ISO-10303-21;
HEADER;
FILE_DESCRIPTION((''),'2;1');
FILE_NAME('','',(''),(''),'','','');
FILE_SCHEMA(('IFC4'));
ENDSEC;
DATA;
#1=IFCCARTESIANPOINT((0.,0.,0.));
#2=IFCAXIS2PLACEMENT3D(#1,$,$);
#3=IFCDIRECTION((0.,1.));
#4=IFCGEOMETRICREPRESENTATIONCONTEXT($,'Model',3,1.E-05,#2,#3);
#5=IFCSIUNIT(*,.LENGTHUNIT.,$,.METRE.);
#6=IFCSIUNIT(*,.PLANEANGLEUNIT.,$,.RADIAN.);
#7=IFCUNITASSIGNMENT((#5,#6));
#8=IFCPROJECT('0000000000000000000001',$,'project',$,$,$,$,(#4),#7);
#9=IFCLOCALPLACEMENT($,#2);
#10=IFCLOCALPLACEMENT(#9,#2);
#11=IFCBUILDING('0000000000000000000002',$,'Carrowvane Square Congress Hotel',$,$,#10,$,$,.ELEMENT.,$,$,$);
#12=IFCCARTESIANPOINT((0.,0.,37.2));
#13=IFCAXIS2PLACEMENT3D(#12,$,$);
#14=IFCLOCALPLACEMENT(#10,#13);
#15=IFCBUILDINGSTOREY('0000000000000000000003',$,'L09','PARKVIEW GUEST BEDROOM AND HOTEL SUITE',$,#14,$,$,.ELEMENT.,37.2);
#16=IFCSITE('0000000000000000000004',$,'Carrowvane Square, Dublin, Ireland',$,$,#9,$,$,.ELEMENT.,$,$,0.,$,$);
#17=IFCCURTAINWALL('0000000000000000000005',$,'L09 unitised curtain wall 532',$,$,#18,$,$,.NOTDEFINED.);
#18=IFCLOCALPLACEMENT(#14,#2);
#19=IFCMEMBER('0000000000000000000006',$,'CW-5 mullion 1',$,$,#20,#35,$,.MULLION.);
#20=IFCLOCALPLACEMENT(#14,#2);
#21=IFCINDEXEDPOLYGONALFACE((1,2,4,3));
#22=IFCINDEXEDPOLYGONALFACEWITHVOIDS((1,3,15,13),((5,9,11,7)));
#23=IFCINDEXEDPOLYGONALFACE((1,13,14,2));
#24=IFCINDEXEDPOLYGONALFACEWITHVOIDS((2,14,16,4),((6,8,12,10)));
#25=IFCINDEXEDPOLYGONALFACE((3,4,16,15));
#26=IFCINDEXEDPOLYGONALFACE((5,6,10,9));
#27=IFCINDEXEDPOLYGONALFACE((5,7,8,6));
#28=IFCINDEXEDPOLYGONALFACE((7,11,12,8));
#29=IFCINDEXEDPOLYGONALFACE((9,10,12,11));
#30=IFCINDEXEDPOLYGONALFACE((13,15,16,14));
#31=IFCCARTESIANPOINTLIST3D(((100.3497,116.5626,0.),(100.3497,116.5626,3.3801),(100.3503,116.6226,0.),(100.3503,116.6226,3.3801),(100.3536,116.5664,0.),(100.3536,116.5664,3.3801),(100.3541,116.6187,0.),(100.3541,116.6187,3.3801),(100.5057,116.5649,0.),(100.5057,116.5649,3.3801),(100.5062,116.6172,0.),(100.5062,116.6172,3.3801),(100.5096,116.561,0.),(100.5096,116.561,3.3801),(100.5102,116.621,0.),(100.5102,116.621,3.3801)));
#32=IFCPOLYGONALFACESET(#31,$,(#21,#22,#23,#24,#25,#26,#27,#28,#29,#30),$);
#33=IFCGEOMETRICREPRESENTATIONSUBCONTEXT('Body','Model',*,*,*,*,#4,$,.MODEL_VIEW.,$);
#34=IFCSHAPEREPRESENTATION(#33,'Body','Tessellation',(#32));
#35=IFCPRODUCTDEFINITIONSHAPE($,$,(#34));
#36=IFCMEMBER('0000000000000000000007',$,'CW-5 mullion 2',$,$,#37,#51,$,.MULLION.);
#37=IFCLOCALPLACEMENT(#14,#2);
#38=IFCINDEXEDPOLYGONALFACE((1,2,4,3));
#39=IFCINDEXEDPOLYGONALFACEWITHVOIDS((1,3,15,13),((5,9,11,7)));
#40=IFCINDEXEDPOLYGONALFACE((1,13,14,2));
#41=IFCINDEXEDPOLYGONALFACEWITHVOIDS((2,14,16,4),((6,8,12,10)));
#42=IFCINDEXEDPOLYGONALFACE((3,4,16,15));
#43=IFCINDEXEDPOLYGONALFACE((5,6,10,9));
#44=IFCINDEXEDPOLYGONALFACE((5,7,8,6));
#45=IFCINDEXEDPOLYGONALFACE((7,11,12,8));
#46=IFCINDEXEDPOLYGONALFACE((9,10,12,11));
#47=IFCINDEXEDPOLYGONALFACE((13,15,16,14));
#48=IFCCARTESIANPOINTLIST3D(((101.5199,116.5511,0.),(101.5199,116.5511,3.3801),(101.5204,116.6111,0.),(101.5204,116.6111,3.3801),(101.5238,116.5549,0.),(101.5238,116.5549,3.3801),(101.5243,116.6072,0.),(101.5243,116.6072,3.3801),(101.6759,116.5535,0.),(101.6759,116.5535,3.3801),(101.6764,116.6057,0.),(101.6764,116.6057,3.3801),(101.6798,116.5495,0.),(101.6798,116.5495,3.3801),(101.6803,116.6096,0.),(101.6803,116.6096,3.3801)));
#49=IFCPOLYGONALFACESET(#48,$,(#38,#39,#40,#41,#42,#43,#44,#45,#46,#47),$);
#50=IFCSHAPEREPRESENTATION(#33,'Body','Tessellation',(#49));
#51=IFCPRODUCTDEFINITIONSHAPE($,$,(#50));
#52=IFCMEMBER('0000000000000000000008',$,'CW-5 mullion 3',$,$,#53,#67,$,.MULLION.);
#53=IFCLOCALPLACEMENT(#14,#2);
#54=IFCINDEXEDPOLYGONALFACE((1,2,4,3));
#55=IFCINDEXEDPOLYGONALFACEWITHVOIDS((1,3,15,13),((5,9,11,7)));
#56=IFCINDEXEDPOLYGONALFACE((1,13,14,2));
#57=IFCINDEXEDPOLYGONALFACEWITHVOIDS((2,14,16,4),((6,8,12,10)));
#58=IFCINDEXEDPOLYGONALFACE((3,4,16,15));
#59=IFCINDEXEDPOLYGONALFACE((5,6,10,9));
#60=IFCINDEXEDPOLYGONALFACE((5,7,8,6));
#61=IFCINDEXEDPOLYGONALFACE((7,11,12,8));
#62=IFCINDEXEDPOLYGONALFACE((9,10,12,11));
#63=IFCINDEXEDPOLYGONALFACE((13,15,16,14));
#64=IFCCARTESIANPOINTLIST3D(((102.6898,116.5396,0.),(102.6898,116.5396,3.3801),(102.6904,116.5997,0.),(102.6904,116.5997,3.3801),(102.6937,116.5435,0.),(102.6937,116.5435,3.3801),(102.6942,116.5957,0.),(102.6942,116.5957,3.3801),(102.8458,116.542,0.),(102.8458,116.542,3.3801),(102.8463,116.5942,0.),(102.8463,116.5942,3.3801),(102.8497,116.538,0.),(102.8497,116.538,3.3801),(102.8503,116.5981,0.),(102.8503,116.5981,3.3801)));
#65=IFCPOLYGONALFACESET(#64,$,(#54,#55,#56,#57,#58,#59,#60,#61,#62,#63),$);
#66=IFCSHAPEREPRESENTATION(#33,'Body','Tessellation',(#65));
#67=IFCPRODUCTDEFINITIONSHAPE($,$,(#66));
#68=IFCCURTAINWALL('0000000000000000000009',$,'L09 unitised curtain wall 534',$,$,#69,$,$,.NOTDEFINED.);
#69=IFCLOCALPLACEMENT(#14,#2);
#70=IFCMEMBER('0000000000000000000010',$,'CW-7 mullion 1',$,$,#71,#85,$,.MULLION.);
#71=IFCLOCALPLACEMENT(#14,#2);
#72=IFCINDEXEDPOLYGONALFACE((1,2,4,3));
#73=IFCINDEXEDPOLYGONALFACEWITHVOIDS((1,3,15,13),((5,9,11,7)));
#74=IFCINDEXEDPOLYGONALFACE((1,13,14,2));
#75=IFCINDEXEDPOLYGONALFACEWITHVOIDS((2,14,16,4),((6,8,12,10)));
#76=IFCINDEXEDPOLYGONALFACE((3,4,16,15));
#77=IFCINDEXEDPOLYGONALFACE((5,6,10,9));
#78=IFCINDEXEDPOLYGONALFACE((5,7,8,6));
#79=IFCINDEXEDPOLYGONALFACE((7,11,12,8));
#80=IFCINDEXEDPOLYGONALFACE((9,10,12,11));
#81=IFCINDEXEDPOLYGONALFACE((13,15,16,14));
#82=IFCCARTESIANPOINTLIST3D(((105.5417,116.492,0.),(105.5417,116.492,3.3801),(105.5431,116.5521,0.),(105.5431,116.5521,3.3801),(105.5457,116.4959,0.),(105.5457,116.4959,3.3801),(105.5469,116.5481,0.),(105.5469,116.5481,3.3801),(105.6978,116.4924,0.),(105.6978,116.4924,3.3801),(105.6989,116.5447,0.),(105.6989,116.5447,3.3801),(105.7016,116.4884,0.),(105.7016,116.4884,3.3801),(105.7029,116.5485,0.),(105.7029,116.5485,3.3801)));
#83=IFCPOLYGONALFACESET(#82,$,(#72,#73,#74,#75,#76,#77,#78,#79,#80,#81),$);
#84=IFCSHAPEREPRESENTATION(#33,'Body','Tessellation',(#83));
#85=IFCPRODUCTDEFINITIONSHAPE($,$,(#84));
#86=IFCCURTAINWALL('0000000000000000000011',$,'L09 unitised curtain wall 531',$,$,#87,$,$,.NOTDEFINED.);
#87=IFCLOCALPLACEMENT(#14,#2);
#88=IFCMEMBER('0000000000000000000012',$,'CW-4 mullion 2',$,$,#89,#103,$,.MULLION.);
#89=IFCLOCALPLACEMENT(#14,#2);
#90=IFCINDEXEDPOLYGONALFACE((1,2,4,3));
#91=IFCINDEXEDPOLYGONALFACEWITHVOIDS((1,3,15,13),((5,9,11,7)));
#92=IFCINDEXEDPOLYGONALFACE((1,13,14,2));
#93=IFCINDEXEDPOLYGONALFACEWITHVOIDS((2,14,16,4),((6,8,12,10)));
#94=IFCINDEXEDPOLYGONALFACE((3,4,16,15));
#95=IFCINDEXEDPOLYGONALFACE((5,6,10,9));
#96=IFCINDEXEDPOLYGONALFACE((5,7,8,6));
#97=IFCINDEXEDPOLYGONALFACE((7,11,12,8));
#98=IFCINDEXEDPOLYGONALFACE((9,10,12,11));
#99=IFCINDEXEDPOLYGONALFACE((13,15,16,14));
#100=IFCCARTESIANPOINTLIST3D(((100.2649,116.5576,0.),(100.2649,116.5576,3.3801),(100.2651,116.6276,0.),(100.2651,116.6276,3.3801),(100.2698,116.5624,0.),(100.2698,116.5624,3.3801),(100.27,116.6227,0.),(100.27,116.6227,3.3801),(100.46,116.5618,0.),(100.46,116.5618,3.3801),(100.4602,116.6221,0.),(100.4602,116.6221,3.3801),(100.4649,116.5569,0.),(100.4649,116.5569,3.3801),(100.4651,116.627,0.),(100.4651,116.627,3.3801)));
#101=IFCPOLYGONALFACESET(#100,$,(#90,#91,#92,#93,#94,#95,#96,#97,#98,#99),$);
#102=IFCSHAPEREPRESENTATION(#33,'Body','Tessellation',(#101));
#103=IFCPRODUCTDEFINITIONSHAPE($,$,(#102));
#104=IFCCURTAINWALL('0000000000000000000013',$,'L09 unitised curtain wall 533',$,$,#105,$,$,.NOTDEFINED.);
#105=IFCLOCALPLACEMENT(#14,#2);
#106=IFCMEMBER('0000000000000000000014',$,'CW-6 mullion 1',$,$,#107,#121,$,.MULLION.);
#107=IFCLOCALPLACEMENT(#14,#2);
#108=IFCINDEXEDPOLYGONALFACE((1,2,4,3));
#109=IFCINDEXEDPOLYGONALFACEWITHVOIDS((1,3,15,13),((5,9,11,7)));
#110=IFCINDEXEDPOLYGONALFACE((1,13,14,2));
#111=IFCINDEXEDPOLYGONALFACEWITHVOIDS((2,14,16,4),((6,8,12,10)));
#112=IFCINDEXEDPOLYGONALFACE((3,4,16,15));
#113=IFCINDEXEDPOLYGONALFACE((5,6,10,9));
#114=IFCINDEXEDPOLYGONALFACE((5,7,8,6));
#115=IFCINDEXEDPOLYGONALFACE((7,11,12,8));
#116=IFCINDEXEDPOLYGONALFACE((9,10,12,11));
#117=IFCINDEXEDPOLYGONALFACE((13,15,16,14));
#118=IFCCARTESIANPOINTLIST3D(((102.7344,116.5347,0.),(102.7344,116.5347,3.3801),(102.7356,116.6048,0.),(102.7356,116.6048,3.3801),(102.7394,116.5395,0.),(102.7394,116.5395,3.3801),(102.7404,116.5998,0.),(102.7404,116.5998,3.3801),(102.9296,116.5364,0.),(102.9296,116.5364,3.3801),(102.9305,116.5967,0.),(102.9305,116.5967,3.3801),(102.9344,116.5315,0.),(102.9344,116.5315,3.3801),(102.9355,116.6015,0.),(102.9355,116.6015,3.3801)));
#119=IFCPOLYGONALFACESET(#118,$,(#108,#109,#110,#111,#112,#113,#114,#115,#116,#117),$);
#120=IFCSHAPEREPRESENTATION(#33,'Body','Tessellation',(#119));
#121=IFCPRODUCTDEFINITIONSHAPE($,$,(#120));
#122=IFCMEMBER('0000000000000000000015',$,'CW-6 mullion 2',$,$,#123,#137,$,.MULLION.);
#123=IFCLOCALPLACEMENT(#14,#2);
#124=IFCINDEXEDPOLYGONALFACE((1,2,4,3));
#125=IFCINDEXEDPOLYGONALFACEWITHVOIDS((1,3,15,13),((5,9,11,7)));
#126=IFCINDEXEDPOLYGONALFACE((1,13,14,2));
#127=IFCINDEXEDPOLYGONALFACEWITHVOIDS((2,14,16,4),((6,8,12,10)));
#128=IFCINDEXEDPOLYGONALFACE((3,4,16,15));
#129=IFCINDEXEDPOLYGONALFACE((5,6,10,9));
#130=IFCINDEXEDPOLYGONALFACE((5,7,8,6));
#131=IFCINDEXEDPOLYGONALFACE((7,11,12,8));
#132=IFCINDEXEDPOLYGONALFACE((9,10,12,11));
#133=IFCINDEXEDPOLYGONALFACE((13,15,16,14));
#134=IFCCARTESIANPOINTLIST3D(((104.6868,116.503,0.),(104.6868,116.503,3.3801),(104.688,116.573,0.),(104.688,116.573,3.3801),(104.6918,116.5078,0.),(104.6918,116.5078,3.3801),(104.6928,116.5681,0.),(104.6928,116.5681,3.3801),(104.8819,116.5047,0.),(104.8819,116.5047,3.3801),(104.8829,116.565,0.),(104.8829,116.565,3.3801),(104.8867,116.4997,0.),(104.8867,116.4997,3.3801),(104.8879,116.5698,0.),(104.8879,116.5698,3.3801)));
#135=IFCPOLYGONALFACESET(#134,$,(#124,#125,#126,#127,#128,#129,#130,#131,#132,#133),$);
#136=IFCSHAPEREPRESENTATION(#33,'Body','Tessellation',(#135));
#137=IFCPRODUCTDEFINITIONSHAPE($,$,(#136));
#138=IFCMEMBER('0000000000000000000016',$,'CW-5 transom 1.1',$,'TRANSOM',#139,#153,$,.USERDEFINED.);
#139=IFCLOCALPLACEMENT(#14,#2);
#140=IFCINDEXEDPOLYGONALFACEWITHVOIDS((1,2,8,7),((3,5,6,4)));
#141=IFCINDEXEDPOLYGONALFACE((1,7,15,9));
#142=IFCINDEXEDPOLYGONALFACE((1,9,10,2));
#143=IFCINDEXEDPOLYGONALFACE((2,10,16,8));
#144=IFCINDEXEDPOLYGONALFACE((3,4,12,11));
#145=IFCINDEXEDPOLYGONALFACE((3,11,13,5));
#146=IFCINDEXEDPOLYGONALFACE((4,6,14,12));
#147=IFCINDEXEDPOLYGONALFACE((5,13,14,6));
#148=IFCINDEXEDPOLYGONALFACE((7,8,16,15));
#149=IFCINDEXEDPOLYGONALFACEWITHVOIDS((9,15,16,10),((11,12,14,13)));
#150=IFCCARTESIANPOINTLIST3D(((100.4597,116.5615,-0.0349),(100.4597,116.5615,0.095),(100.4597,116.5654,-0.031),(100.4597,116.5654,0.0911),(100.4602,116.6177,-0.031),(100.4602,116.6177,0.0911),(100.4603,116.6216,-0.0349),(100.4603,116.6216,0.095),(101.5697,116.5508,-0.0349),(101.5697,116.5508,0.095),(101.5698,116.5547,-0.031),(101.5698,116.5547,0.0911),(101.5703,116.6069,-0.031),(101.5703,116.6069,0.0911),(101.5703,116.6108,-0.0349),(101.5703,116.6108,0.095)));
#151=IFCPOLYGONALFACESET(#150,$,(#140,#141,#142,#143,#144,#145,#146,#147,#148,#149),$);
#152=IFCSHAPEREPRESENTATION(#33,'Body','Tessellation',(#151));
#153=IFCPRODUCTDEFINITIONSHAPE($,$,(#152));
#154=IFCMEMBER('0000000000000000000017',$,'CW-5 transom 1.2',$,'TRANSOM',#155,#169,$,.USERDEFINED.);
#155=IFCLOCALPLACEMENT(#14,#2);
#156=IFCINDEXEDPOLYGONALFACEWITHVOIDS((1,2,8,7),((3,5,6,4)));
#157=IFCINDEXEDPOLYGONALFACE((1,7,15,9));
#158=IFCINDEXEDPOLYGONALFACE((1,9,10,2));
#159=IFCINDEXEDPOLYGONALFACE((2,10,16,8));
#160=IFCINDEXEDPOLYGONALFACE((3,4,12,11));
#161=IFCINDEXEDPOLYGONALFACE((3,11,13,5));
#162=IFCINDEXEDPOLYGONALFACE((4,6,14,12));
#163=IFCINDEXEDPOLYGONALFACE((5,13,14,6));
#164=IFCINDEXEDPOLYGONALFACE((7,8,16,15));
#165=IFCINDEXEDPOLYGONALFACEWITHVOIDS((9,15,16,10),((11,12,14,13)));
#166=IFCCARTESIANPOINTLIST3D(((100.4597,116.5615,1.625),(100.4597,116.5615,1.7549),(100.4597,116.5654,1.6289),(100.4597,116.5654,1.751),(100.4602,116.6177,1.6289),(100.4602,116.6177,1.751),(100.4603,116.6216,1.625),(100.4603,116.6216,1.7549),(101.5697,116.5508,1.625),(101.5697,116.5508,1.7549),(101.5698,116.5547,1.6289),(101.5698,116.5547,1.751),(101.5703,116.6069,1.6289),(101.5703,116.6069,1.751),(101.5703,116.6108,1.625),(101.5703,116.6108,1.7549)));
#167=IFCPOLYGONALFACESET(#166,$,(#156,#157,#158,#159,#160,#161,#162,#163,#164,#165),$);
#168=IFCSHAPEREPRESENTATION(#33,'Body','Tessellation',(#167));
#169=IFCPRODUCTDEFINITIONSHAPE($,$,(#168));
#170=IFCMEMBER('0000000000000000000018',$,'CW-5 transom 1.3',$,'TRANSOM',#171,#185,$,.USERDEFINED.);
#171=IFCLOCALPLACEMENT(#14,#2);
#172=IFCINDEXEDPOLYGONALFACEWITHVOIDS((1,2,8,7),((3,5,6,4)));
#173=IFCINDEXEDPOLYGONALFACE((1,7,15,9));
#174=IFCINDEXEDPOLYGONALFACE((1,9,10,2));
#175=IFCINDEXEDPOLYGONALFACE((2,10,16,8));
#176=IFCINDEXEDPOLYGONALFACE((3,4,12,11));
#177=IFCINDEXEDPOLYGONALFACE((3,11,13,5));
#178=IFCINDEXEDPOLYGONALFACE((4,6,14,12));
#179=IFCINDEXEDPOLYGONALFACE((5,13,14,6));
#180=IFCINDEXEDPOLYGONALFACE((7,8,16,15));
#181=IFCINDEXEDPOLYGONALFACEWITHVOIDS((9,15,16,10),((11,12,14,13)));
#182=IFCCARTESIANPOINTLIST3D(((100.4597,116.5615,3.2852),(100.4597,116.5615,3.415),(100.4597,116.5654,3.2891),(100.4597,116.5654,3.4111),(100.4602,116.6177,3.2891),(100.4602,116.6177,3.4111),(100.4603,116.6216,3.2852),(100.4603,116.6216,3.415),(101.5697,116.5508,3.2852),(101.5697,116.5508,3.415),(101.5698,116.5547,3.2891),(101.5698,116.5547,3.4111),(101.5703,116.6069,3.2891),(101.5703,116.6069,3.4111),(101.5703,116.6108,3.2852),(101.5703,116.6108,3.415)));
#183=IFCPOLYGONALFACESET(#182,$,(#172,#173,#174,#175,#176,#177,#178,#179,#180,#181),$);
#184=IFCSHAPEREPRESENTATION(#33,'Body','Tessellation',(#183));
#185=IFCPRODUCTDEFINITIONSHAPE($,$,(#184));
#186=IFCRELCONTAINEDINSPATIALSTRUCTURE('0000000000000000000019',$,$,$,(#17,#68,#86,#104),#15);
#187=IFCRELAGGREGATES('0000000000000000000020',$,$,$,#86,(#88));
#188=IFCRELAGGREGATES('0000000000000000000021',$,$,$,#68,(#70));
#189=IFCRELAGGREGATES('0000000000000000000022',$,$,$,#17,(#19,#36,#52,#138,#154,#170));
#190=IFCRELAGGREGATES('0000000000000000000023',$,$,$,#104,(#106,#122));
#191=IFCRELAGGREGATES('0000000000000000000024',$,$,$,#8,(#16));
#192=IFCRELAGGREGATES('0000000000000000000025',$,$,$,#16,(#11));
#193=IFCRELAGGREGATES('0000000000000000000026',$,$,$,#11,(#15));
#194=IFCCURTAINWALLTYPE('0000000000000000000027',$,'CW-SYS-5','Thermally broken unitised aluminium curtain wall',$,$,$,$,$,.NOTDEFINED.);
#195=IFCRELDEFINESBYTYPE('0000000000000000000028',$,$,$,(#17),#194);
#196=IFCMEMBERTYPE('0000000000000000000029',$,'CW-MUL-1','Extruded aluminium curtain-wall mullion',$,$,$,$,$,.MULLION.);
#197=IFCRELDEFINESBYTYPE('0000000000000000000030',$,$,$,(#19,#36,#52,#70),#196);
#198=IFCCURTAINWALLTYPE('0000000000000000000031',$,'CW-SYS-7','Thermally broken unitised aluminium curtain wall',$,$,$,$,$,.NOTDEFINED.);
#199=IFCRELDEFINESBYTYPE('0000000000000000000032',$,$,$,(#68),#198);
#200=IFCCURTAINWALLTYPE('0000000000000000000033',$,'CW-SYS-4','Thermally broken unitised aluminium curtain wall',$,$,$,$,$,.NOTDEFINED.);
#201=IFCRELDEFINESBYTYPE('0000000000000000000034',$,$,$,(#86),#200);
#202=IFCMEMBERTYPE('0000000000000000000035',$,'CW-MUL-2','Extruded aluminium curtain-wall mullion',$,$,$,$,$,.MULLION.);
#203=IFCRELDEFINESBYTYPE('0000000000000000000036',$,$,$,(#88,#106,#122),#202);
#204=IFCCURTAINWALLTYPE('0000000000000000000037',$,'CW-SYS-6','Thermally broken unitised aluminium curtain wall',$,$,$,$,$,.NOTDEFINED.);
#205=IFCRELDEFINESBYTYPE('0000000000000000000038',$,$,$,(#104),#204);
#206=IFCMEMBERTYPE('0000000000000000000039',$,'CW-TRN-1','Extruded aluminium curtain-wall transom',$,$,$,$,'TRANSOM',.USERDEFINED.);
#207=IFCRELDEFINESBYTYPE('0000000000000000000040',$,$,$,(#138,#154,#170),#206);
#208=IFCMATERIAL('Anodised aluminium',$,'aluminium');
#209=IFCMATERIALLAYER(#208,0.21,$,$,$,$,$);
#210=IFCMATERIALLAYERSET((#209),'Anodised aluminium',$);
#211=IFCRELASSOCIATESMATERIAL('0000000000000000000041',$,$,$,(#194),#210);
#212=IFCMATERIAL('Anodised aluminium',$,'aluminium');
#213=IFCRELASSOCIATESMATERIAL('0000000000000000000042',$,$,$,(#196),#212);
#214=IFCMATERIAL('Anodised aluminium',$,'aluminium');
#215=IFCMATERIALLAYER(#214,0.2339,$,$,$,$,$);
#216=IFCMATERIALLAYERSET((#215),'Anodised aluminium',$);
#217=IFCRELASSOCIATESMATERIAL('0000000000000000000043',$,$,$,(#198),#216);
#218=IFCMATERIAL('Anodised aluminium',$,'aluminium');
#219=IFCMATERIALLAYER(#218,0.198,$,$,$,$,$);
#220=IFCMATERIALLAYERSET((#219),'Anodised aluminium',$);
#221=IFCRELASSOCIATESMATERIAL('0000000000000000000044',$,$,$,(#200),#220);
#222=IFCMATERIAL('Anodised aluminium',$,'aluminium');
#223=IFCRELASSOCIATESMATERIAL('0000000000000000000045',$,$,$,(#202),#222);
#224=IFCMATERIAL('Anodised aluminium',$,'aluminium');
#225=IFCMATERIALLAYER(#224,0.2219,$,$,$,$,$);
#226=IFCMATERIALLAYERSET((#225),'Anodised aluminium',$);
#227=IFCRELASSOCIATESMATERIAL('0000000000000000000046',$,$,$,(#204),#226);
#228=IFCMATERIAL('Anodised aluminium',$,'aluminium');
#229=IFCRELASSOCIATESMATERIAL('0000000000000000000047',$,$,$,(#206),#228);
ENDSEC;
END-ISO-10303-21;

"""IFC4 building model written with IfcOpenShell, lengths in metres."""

from ifc_helpers import new_model, si_unit, direction, frame, origin, origin_2d, place, context, subcontext, project, spatial, hollow_rectangle, extrude, material, layer, layer_set, material_profile, profile_set, type_object, element, aggregate, save


model = new_model("IFC4")

# Units and contexts
model_context = context("Model", 3, precision=1e-05, world=origin(), true_north=direction((0.0, 1.0)))
body_context = subcontext(model_context, "Body", "Model", "MODEL_VIEW")
ifc_project = project(units=[si_unit("LENGTHUNIT", "METRE"), si_unit("PLANEANGLEUNIT", "RADIAN")], contexts=[model_context])

# Site, building, storey
site_placement = place(None, origin())
site = spatial("IfcSite", under=ifc_project, at=site_placement, Name="Carrowvane Square, Dublin, Ireland", CompositionType="ELEMENT", RefElevation=0.0)
building_placement = place(site_placement, origin())
building = spatial("IfcBuilding", under=site, at=building_placement, Name="Carrowvane Square Congress Hotel", CompositionType="ELEMENT")
storey_placement = place(building_placement, frame((0.0, 0.0, 37.2)))
storey = spatial("IfcBuildingStorey", under=building, at=storey_placement, Name="L09", Description="PARKVIEW GUEST BEDROOM AND HOTEL SUITE", CompositionType="ELEMENT", Elevation=37.2)

# Curtain wall, members
ifc_material_1 = material(Name="Anodised aluminium", Category="aluminium")
ifc_layer_1 = layer(ifc_material_1, 0.21)
ifc_layer_set_1 = layer_set([ifc_layer_1], Name="Anodised aluminium")
curtain_wall_type_1 = type_object("IfcCurtainWallType", Name="CW-SYS-5", Description="Thermally broken unitised aluminium curtain wall", PredefinedType="NOTDEFINED", material=ifc_layer_set_1)
curtain_wall_1_placement = place(storey_placement, origin())
curtain_wall_1 = element("IfcCurtainWall", 1, at=curtain_wall_1_placement, inside=storey, type_object=curtain_wall_type_1, Name="L09 unitised curtain wall 532", PredefinedType="NOTDEFINED")
ifc_material_2 = material(Name="Anodised aluminium", Category="aluminium")
ifc_material_profile_1 = material_profile(ifc_material_2, hollow_rectangle(XDim=0.0601, YDim=0.1599, WallThickness=0.0039, at=origin_2d()), Name="CW-ML 60x160x4")
ifc_profile_set_1 = profile_set([ifc_material_profile_1], Name="Anodised aluminium")
member_type_1 = type_object("IfcMemberType", Name="CW-MUL-1", Description="Extruded aluminium curtain-wall mullion", PredefinedType="MULLION", material=ifc_profile_set_1)
member_1_placement = place(storey_placement, frame((100.4299, 116.5918, 0.0), z_axis=(0.0, 0.0, 1.0), x_axis=(0.009783, 0.999952, 0.0)))
member_1 = element("IfcMember", 2, at=member_1_placement, type_object=member_type_1, Name="CW-5 mullion 1", PredefinedType="MULLION", context=body_context, shape_type="SweptSolid", body=[
    extrude(hollow_rectangle(XDim=0.0601, YDim=0.1599, WallThickness=0.0039, at=origin_2d()), origin(), (0.0, 0.0, 1.0), 3.3801),
])
member_2_placement = place(storey_placement, frame((101.6001, 116.5803, 0.0), z_axis=(0.0, 0.0, 1.0), x_axis=(0.009783, 0.999952, 0.0)))
member_2 = element("IfcMember", 3, at=member_2_placement, type_object=member_type_1, Name="CW-5 mullion 2", PredefinedType="MULLION", context=body_context, shape_type="SweptSolid", body=[
    extrude(hollow_rectangle(XDim=0.0601, YDim=0.1599, WallThickness=0.0039, at=origin_2d()), origin(), (0.0, 0.0, 1.0), 3.3801),
])
member_3_placement = place(storey_placement, frame((102.77, 116.5688, 0.0), z_axis=(0.0, 0.0, 1.0), x_axis=(0.009783, 0.999952, 0.0)))
member_3 = element("IfcMember", 4, at=member_3_placement, type_object=member_type_1, Name="CW-5 mullion 3", PredefinedType="MULLION", context=body_context, shape_type="SweptSolid", body=[
    extrude(hollow_rectangle(XDim=0.0601, YDim=0.1599, WallThickness=0.0039, at=origin_2d()), origin(), (0.0, 0.0, 1.0), 3.3801),
])

# Curtain walls, members
ifc_material_3 = material(Name="Anodised aluminium", Category="aluminium")
ifc_layer_2 = layer(ifc_material_3, 0.2339)
ifc_layer_set_2 = layer_set([ifc_layer_2], Name="Anodised aluminium")
curtain_wall_type_2 = type_object("IfcCurtainWallType", Name="CW-SYS-7", Description="Thermally broken unitised aluminium curtain wall", PredefinedType="NOTDEFINED", material=ifc_layer_set_2)
curtain_wall_2_placement = place(storey_placement, origin())
curtain_wall_2 = element("IfcCurtainWall", 5, at=curtain_wall_2_placement, inside=storey, type_object=curtain_wall_type_2, Name="L09 unitised curtain wall 534", PredefinedType="NOTDEFINED")
member_4_placement = place(storey_placement, frame((105.6223, 116.5203, 0.0), z_axis=(0.0, 0.0, 1.0), x_axis=(0.022518, 0.999746, 0.0)))
member_4 = element("IfcMember", 6, at=member_4_placement, type_object=member_type_1, Name="CW-7 mullion 1", PredefinedType="MULLION", context=body_context, shape_type="SweptSolid", body=[
    extrude(hollow_rectangle(XDim=0.0601, YDim=0.1599, WallThickness=0.0039, at=origin_2d()), origin(), (0.0, 0.0, 1.0), 3.3801),
])
ifc_material_4 = material(Name="Anodised aluminium", Category="aluminium")
ifc_layer_3 = layer(ifc_material_4, 0.198)
ifc_layer_set_3 = layer_set([ifc_layer_3], Name="Anodised aluminium")
curtain_wall_type_3 = type_object("IfcCurtainWallType", Name="CW-SYS-4", Description="Thermally broken unitised aluminium curtain wall", PredefinedType="NOTDEFINED", material=ifc_layer_set_3)
curtain_wall_3_placement = place(storey_placement, origin())
curtain_wall_3 = element("IfcCurtainWall", 7, at=curtain_wall_3_placement, inside=storey, type_object=curtain_wall_type_3, Name="L09 unitised curtain wall 531", PredefinedType="NOTDEFINED")
ifc_material_5 = material(Name="Anodised aluminium", Category="aluminium")
ifc_material_profile_2 = material_profile(ifc_material_5, hollow_rectangle(XDim=0.0701, YDim=0.2, WallThickness=0.0049, at=origin_2d()), Name="CW-ML 70x200x5")
ifc_profile_set_2 = profile_set([ifc_material_profile_2], Name="Anodised aluminium")
member_type_2 = type_object("IfcMemberType", Name="CW-MUL-2", Description="Extruded aluminium curtain-wall mullion", PredefinedType="MULLION", material=ifc_profile_set_2)
member_5_placement = place(storey_placement, frame((100.365, 116.5923, 0.0), z_axis=(0.0, 0.0, 1.0), x_axis=(0.00327, 0.999995, 0.0)))
member_5 = element("IfcMember", 8, at=member_5_placement, type_object=member_type_2, Name="CW-4 mullion 2", PredefinedType="MULLION", context=body_context, shape_type="SweptSolid", body=[
    extrude(hollow_rectangle(XDim=0.0701, YDim=0.2, WallThickness=0.0049, at=origin_2d()), origin(), (0.0, 0.0, 1.0), 3.3801),
])
aggregate(curtain_wall_3, [member_5])

# Curtain wall, members
ifc_material_6 = material(Name="Anodised aluminium", Category="aluminium")
ifc_layer_4 = layer(ifc_material_6, 0.2219)
ifc_layer_set_4 = layer_set([ifc_layer_4], Name="Anodised aluminium")
curtain_wall_type_4 = type_object("IfcCurtainWallType", Name="CW-SYS-6", Description="Thermally broken unitised aluminium curtain wall", PredefinedType="NOTDEFINED", material=ifc_layer_set_4)
curtain_wall_4_placement = place(storey_placement, origin())
curtain_wall_4 = element("IfcCurtainWall", 9, at=curtain_wall_4_placement, inside=storey, type_object=curtain_wall_type_4, Name="L09 unitised curtain wall 533", PredefinedType="NOTDEFINED")
member_6_placement = place(storey_placement, frame((102.835, 116.5681, 0.0), z_axis=(0.0, 0.0, 1.0), x_axis=(0.016216, 0.999869, 0.0)))
member_6 = element("IfcMember", 10, at=member_6_placement, type_object=member_type_2, Name="CW-6 mullion 1", PredefinedType="MULLION", context=body_context, shape_type="SweptSolid", body=[
    extrude(hollow_rectangle(XDim=0.0701, YDim=0.2, WallThickness=0.0049, at=origin_2d()), origin(), (0.0, 0.0, 1.0), 3.3801),
])
member_7_placement = place(storey_placement, frame((104.7874, 116.5364, 0.0), z_axis=(0.0, 0.0, 1.0), x_axis=(0.016216, 0.999869, 0.0)))
member_7 = element("IfcMember", 11, at=member_7_placement, type_object=member_type_2, Name="CW-6 mullion 2", PredefinedType="MULLION", context=body_context, shape_type="SweptSolid", body=[
    extrude(hollow_rectangle(XDim=0.0701, YDim=0.2, WallThickness=0.0049, at=origin_2d()), origin(), (0.0, 0.0, 1.0), 3.3801),
])

# Members
ifc_material_7 = material(Name="Anodised aluminium", Category="aluminium")
ifc_material_profile_3 = material_profile(ifc_material_7, hollow_rectangle(XDim=0.0601, YDim=0.1299, WallThickness=0.0039, at=origin_2d()), Name="CW-TR 60x130x4")
ifc_profile_set_3 = profile_set([ifc_material_profile_3], Name="Anodised aluminium")
member_type_3 = type_object("IfcMemberType", Name="CW-TRN-1", Description="Extruded aluminium curtain-wall transom", ElementType="TRANSOM", PredefinedType="USERDEFINED", material=ifc_profile_set_3)
member_8_placement = place(storey_placement, frame((100.46, 116.5916, 0.03), z_axis=(0.999953, -0.009676, 0.0), x_axis=(0.009676, 0.999953, 0.0)))
member_8 = element("IfcMember", 12, at=member_8_placement, type_object=member_type_3, Name="CW-5 transom 1.1", ObjectType="TRANSOM", PredefinedType="USERDEFINED", context=body_context, shape_type="SweptSolid", body=[
    extrude(hollow_rectangle(XDim=0.0601, YDim=0.1299, WallThickness=0.0039, at=origin_2d()), origin(), (0.0, 0.0, 1.0), 1.1101),
])
member_9_placement = place(storey_placement, frame((100.46, 116.5916, 1.6899), z_axis=(0.999953, -0.009676, 0.0), x_axis=(0.009676, 0.999953, 0.0)))
member_9 = element("IfcMember", 13, at=member_9_placement, type_object=member_type_3, Name="CW-5 transom 1.2", ObjectType="TRANSOM", PredefinedType="USERDEFINED", context=body_context, shape_type="SweptSolid", body=[
    extrude(hollow_rectangle(XDim=0.0601, YDim=0.1299, WallThickness=0.0039, at=origin_2d()), origin(), (0.0, 0.0, 1.0), 1.1101),
])
member_10_placement = place(storey_placement, frame((100.46, 116.5916, 3.3501), z_axis=(0.999953, -0.009676, 0.0), x_axis=(0.009676, 0.999953, 0.0)))
member_10 = element("IfcMember", 14, at=member_10_placement, type_object=member_type_3, Name="CW-5 transom 1.3", ObjectType="TRANSOM", PredefinedType="USERDEFINED", context=body_context, shape_type="SweptSolid", body=[
    extrude(hollow_rectangle(XDim=0.0601, YDim=0.1299, WallThickness=0.0039, at=origin_2d()), origin(), (0.0, 0.0, 1.0), 1.1101),
])
aggregate(curtain_wall_2, [member_4])

aggregate(curtain_wall_1, [member_1, member_2, member_3, member_8, member_9, member_10])
aggregate(curtain_wall_4, [member_6, member_7])

save(model, "model.ifc")
